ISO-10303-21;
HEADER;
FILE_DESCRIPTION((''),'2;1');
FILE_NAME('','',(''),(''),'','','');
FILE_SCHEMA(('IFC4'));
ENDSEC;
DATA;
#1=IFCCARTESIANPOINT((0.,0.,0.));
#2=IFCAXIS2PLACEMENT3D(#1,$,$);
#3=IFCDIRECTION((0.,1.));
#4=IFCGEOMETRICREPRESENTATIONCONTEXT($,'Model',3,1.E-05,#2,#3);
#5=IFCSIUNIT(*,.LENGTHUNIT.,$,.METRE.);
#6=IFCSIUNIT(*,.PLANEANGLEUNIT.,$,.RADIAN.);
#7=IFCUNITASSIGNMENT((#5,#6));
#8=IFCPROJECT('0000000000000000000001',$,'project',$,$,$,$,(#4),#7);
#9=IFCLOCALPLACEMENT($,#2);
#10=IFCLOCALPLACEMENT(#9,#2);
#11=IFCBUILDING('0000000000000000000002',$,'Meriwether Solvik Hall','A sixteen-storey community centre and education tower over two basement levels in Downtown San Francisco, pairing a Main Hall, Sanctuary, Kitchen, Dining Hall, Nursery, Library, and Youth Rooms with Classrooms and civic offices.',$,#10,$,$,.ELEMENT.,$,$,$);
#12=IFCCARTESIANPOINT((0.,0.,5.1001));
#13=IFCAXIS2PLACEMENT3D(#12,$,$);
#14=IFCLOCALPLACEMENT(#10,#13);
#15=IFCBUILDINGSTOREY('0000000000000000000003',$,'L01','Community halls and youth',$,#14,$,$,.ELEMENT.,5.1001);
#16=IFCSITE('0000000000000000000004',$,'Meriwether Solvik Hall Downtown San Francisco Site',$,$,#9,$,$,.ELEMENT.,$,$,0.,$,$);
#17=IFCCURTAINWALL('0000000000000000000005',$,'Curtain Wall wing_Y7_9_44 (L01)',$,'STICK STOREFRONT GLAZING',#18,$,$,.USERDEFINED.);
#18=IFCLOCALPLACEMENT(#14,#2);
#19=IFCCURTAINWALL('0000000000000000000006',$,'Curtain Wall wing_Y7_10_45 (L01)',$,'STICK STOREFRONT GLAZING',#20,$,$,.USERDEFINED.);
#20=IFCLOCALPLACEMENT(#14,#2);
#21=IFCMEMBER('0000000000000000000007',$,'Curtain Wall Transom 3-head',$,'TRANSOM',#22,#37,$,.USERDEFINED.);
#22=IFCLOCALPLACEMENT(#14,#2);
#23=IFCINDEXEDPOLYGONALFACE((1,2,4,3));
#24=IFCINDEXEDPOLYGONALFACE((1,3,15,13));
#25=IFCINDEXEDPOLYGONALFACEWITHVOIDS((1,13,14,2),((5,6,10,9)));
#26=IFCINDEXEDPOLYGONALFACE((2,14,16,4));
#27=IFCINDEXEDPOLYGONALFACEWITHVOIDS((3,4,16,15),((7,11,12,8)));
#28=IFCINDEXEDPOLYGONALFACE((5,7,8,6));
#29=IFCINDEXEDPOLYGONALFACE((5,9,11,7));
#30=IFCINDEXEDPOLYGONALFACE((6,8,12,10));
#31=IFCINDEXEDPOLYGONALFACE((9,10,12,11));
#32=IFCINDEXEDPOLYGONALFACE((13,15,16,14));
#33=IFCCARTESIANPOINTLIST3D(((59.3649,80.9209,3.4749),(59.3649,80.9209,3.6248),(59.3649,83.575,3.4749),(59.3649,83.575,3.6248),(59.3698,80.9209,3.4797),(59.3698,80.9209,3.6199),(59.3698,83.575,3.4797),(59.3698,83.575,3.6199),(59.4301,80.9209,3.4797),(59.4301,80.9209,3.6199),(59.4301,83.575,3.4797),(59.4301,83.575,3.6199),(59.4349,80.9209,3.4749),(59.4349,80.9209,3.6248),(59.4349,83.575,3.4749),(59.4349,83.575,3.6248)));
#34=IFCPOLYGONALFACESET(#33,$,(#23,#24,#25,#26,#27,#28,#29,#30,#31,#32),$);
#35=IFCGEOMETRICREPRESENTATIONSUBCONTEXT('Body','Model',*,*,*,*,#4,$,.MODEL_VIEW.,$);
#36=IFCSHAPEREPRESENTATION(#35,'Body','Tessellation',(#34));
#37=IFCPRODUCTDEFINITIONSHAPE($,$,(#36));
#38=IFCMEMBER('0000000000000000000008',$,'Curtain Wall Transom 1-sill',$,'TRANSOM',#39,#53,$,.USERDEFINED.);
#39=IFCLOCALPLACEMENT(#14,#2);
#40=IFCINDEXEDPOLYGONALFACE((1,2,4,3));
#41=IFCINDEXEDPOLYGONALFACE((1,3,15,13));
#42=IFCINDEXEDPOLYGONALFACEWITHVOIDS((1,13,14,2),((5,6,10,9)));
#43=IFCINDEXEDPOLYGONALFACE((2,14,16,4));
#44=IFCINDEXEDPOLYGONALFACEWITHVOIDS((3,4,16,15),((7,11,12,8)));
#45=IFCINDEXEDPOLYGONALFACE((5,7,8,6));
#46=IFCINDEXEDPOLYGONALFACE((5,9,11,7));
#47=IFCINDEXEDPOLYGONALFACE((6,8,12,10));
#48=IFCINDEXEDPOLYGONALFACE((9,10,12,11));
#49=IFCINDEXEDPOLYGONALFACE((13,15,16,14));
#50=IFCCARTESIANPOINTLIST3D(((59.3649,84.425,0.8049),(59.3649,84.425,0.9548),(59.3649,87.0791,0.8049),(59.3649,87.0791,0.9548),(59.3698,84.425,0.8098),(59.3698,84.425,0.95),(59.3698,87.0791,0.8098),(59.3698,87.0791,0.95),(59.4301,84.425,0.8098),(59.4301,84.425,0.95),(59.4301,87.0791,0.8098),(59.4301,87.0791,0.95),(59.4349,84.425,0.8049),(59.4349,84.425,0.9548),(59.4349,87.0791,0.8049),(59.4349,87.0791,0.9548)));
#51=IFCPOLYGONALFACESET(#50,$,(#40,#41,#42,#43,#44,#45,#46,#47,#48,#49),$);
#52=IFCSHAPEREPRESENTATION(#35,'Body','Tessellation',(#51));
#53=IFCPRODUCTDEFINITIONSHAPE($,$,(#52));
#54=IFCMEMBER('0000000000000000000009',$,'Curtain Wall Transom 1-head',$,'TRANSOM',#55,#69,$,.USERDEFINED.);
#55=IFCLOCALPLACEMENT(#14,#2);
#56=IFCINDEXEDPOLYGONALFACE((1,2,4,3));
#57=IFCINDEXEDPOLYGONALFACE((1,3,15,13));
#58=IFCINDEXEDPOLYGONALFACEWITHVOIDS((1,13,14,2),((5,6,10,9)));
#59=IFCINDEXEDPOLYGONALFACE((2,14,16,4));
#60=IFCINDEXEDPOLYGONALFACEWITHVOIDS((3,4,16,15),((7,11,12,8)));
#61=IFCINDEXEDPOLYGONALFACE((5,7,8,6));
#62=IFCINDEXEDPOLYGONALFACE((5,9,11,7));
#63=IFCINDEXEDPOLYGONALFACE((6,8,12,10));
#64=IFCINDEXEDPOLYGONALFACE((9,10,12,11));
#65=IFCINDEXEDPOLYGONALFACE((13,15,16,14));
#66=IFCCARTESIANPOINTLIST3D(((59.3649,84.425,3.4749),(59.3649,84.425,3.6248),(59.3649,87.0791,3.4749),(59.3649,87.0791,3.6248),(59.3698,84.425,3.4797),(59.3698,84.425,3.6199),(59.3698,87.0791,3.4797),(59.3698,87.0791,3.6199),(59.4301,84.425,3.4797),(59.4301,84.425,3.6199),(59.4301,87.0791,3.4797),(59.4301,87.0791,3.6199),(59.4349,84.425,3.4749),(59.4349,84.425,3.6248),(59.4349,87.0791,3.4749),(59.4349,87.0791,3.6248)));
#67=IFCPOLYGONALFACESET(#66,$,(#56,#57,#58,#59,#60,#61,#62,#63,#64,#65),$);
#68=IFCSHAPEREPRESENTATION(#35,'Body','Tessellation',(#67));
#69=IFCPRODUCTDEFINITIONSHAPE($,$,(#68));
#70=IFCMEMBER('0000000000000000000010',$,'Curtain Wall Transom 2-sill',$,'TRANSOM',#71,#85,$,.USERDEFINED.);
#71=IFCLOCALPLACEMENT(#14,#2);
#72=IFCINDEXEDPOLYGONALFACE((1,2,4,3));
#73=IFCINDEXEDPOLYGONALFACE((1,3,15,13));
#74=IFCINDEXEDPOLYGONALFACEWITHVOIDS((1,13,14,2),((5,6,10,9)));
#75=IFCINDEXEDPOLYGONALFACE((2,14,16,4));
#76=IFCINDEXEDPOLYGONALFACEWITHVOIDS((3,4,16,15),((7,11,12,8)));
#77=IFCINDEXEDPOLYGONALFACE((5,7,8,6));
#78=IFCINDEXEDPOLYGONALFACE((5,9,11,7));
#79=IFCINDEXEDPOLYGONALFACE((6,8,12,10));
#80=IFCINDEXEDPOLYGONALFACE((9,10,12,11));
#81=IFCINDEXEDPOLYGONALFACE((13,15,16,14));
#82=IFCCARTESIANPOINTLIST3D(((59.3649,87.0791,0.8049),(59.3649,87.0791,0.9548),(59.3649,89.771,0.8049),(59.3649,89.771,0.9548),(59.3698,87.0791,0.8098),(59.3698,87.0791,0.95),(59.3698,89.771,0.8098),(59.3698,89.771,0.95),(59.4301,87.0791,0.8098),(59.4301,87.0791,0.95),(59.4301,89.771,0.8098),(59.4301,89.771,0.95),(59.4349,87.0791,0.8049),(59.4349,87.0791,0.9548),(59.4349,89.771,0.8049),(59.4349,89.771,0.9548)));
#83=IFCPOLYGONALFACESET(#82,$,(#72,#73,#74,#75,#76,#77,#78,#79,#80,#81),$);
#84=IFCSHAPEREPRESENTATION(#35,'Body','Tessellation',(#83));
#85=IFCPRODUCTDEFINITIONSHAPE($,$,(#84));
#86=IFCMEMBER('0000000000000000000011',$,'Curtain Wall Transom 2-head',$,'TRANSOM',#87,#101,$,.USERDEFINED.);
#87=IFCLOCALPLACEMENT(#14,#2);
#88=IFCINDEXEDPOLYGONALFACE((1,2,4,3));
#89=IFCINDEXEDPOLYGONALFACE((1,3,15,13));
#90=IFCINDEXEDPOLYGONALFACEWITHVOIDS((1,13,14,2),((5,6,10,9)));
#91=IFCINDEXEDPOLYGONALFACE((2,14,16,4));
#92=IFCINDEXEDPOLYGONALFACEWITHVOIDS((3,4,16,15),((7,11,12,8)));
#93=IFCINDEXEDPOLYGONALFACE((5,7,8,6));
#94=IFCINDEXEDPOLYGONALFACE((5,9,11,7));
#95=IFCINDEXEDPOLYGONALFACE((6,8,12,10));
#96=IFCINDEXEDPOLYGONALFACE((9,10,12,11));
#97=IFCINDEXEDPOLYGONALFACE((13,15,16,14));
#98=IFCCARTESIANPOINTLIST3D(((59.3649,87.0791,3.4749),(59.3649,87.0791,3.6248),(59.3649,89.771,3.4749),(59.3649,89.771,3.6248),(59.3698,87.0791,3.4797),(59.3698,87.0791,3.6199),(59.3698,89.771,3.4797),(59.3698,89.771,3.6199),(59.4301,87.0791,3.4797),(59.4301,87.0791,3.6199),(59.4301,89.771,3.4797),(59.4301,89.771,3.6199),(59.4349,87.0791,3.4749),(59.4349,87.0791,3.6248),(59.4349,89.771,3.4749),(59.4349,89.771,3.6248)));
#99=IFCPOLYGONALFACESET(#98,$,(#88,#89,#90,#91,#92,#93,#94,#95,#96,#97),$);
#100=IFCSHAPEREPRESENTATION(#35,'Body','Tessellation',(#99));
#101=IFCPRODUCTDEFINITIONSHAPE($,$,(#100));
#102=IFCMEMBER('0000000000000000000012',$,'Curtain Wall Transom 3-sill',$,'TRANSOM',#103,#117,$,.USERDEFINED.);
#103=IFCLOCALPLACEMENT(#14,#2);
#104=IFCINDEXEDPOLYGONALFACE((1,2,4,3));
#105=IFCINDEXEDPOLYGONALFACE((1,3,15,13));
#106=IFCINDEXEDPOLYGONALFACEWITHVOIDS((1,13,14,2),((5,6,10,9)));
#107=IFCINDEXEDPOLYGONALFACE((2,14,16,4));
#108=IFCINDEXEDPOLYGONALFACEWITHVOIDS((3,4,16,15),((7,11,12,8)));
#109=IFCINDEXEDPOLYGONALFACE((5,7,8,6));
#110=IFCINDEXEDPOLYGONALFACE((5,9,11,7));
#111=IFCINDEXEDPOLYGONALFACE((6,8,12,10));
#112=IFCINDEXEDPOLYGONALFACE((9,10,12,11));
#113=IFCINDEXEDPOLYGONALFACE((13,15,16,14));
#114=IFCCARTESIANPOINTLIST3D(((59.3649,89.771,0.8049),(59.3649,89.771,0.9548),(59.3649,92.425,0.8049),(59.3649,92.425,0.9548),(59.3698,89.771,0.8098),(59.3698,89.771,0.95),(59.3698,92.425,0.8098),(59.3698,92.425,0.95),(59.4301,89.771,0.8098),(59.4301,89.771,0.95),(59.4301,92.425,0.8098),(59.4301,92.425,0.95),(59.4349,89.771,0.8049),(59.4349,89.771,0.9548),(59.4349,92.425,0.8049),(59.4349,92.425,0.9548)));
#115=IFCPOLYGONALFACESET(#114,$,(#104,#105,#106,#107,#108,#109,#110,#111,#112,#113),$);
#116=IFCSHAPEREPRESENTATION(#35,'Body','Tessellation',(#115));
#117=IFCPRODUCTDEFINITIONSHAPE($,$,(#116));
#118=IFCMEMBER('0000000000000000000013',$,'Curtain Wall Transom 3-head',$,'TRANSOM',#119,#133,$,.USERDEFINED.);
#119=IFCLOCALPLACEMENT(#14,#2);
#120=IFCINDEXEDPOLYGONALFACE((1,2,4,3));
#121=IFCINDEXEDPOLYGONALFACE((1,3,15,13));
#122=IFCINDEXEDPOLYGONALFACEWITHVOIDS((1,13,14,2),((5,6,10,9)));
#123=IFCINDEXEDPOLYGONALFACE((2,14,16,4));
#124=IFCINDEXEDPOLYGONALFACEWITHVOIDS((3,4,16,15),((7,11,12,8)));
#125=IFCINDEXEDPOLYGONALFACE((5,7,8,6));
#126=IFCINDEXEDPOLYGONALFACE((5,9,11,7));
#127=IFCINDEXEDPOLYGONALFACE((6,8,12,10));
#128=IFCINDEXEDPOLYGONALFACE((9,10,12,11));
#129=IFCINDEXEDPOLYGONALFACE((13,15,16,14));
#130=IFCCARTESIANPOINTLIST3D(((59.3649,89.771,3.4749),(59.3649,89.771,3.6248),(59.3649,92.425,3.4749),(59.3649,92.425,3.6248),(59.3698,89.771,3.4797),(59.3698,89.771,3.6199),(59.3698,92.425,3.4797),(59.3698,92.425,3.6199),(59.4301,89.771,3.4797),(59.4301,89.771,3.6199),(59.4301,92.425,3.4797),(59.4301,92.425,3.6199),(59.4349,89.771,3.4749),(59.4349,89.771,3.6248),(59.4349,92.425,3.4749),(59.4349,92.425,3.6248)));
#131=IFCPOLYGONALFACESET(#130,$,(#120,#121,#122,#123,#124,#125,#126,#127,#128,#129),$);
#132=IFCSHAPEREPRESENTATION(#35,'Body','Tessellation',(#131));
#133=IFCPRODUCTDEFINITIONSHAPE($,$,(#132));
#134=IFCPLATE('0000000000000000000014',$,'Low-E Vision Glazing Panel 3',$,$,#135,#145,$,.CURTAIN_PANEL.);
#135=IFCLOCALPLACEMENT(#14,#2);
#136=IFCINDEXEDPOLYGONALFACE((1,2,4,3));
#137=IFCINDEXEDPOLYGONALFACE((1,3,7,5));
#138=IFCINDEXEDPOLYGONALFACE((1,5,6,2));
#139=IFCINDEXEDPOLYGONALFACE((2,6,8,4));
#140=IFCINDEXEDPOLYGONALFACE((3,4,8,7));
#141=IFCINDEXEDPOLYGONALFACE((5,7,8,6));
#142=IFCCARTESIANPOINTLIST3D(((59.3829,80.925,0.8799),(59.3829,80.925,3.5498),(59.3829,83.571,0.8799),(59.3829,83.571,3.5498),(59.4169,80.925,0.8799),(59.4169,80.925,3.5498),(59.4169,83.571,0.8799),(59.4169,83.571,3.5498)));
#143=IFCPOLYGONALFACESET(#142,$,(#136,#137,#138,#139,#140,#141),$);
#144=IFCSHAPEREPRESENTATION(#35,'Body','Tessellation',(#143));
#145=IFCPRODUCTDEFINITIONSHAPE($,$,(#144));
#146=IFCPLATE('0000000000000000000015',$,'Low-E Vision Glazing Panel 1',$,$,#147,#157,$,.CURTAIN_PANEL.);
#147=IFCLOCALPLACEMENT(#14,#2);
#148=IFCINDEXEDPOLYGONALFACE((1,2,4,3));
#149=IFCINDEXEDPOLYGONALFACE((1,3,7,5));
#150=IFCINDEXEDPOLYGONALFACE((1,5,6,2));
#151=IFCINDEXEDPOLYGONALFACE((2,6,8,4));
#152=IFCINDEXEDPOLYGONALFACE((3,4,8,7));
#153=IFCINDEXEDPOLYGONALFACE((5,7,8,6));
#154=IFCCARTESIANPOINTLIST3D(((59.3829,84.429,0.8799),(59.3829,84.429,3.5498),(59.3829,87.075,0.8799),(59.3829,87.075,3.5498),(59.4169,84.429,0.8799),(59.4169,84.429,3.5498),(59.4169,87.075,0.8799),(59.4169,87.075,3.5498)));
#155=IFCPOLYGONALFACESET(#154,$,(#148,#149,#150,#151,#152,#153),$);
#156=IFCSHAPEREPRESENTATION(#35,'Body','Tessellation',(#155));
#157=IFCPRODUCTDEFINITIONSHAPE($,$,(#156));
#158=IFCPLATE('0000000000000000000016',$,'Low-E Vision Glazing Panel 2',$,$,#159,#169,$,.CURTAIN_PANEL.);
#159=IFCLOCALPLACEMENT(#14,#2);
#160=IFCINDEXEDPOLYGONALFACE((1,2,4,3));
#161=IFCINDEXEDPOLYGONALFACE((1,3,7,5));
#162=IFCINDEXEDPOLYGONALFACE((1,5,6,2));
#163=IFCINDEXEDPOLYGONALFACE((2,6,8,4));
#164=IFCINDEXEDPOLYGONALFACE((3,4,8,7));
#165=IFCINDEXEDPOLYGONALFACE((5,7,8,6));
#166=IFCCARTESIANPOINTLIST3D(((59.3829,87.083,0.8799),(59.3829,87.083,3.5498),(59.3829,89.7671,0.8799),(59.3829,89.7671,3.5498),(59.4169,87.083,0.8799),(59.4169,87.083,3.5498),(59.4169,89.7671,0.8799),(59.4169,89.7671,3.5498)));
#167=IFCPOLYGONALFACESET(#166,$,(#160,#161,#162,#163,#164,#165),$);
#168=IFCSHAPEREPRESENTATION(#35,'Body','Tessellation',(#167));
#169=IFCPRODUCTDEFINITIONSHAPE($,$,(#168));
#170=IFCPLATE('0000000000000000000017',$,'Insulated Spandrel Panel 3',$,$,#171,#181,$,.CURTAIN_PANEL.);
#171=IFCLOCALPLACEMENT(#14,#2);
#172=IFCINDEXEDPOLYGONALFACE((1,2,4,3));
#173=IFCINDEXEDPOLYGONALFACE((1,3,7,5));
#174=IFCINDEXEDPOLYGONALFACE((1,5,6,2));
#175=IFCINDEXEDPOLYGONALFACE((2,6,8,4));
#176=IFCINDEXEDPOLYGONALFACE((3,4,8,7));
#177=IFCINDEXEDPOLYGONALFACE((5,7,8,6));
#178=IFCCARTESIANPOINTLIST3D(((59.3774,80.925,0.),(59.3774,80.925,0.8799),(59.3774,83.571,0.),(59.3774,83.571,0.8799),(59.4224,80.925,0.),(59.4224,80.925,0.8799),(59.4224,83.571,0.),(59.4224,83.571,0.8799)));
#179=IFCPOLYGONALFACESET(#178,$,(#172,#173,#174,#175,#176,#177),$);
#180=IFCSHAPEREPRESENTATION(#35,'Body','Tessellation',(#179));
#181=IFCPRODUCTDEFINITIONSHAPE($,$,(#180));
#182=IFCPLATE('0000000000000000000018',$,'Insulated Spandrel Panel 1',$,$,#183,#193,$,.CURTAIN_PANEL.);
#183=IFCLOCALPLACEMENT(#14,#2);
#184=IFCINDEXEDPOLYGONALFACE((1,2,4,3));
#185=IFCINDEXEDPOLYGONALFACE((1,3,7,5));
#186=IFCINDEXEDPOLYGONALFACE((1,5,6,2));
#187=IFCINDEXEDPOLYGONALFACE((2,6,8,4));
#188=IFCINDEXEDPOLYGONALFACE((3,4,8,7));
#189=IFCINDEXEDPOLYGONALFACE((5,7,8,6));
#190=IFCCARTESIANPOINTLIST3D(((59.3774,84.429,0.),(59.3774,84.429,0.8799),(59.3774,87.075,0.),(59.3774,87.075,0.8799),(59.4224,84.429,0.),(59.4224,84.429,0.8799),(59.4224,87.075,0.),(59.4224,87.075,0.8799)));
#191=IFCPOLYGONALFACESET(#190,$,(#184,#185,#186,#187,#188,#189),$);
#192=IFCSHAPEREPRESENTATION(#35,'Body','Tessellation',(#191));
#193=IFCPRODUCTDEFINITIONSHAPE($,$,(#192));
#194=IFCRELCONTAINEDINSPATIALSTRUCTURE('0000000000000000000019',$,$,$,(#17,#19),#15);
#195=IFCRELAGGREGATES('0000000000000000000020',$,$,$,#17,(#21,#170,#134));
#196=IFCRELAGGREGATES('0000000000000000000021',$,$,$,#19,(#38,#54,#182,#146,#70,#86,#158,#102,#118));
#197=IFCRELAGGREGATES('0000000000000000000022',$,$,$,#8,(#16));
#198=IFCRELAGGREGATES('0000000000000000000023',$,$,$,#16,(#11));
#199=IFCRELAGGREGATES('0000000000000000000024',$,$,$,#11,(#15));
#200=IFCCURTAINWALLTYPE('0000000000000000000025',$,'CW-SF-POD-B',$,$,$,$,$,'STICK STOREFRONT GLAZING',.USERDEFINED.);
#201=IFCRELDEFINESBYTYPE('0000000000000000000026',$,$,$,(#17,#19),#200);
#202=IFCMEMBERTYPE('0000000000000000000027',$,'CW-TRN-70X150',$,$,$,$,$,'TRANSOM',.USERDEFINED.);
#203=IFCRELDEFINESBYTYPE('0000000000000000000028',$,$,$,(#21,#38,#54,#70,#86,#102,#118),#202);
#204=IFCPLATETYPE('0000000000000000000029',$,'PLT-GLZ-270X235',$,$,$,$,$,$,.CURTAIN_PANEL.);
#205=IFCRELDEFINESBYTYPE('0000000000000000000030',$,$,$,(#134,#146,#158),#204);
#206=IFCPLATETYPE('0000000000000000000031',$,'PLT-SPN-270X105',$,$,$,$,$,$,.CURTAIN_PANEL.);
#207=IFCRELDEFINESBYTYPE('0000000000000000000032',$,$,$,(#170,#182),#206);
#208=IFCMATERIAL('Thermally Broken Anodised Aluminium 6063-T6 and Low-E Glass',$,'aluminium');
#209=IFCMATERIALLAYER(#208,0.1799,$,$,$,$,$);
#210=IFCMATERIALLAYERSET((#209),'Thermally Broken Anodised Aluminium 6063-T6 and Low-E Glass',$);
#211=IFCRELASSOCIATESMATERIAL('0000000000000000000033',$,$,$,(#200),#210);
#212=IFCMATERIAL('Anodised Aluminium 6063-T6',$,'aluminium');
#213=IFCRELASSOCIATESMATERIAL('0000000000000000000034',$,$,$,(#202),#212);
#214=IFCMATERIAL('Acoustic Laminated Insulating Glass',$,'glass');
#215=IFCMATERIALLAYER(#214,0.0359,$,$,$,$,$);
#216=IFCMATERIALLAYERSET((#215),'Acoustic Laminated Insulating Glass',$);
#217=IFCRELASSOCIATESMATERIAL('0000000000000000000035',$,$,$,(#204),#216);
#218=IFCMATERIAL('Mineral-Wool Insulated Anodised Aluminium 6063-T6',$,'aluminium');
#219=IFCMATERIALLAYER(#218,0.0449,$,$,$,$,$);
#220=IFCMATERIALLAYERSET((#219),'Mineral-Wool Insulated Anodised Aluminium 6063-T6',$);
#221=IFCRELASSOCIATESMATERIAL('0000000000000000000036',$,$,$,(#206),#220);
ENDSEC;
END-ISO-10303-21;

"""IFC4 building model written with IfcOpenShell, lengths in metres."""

from ifc_helpers import new_model, si_unit, direction, frame, origin, origin_2d, place, context, subcontext, project, spatial, rectangle, hollow_rectangle, extrude, material, layer, layer_set, material_profile, profile_set, type_object, element, aggregate, save


model = new_model("IFC4")

# Units and contexts
model_context = context("Model", 3, precision=1e-05, world=origin(), true_north=direction((0.0, 1.0)))
body_context = subcontext(model_context, "Body", "Model", "MODEL_VIEW")
ifc_project = project(units=[si_unit("LENGTHUNIT", "METRE"), si_unit("PLANEANGLEUNIT", "RADIAN")], contexts=[model_context])

# Site, building, storey
site_placement = place(None, origin())
site = spatial("IfcSite", under=ifc_project, at=site_placement, Name="Meriwether Solvik Hall Downtown San Francisco Site", CompositionType="ELEMENT", RefElevation=0.0)
building_placement = place(site_placement, origin())
building = spatial("IfcBuilding", under=site, at=building_placement, Name="Meriwether Solvik Hall", Description="A sixteen-storey community centre and education tower over two basement levels in Downtown San Francisco, pairing a Main Hall, Sanctuary, Kitchen, Dining Hall, Nursery, Library, and Youth Rooms with Classrooms and civic offices.", CompositionType="ELEMENT")
storey_placement = place(building_placement, frame((0.0, 0.0, 5.1001)))
storey = spatial("IfcBuildingStorey", under=building, at=storey_placement, Name="L01", Description="Community halls and youth", CompositionType="ELEMENT", Elevation=5.1001)

# Curtain walls
ifc_material_1 = material(Name="Thermally Broken Anodised Aluminium 6063-T6 and Low-E Glass", Category="aluminium")
ifc_layer_1 = layer(ifc_material_1, 0.1799)
ifc_layer_set_1 = layer_set([ifc_layer_1], Name="Thermally Broken Anodised Aluminium 6063-T6 and Low-E Glass")
curtain_wall_type = type_object("IfcCurtainWallType", Name="CW-SF-POD-B", ElementType="STICK STOREFRONT GLAZING", PredefinedType="USERDEFINED", material=ifc_layer_set_1)
curtain_wall_1_placement = place(storey_placement, origin())
curtain_wall_1 = element("IfcCurtainWall", 1, at=curtain_wall_1_placement, inside=storey, type_object=curtain_wall_type, Name="Curtain Wall wing_Y7_9_44 (L01)", ObjectType="STICK STOREFRONT GLAZING", PredefinedType="USERDEFINED")
curtain_wall_2_placement = place(storey_placement, origin())
curtain_wall_2 = element("IfcCurtainWall", 2, at=curtain_wall_2_placement, inside=storey, type_object=curtain_wall_type, Name="Curtain Wall wing_Y7_10_45 (L01)", ObjectType="STICK STOREFRONT GLAZING", PredefinedType="USERDEFINED")

# Members
ifc_material_2 = material(Name="Anodised Aluminium 6063-T6", Category="aluminium")
ifc_material_profile_1 = material_profile(ifc_material_2, hollow_rectangle(XDim=0.0701, YDim=0.1499, WallThickness=0.0049, at=origin_2d()), Name="CWT-70X150")
ifc_profile_set_1 = profile_set([ifc_material_profile_1], Name="Anodised Aluminium 6063-T6")
member_type_1 = type_object("IfcMemberType", Name="CW-TRN-70X150", ElementType="TRANSOM", PredefinedType="USERDEFINED", material=ifc_profile_set_1)
member_1_placement = place(storey_placement, frame((59.3999, 80.9209, 3.5498), z_axis=(0.0, 1.0, 0.0), x_axis=(-1.0, 0.0, 0.0)))
member_1 = element("IfcMember", 3, at=member_1_placement, type_object=member_type_1, Name="Curtain Wall Transom 3-head", ObjectType="TRANSOM", PredefinedType="USERDEFINED", context=body_context, shape_type="SweptSolid", body=[
    extrude(hollow_rectangle(XDim=0.0701, YDim=0.1499, WallThickness=0.0049, at=origin_2d()), origin(), (0.0, 0.0, 1.0), 2.6541),
])
member_2_placement = place(storey_placement, frame((59.3999, 84.425, 0.8799), z_axis=(0.0, 1.0, 0.0), x_axis=(-1.0, 0.0, 0.0)))
member_2 = element("IfcMember", 4, at=member_2_placement, type_object=member_type_1, Name="Curtain Wall Transom 1-sill", ObjectType="TRANSOM", PredefinedType="USERDEFINED", context=body_context, shape_type="SweptSolid", body=[
    extrude(hollow_rectangle(XDim=0.0701, YDim=0.1499, WallThickness=0.0049, at=origin_2d()), origin(), (0.0, 0.0, 1.0), 2.6541),
])
member_3_placement = place(storey_placement, frame((59.3999, 84.425, 3.5498), z_axis=(0.0, 1.0, 0.0), x_axis=(-1.0, 0.0, 0.0)))
member_3 = element("IfcMember", 5, at=member_3_placement, type_object=member_type_1, Name="Curtain Wall Transom 1-head", ObjectType="TRANSOM", PredefinedType="USERDEFINED", context=body_context, shape_type="SweptSolid", body=[
    extrude(hollow_rectangle(XDim=0.0701, YDim=0.1499, WallThickness=0.0049, at=origin_2d()), origin(), (0.0, 0.0, 1.0), 2.6541),
])
member_4_placement = place(storey_placement, frame((59.3999, 87.0791, 0.8799), z_axis=(0.0, 1.0, 0.0), x_axis=(-1.0, 0.0, 0.0)))
member_4 = element("IfcMember", 6, at=member_4_placement, type_object=member_type_1, Name="Curtain Wall Transom 2-sill", ObjectType="TRANSOM", PredefinedType="USERDEFINED", context=body_context, shape_type="SweptSolid", body=[
    extrude(hollow_rectangle(XDim=0.0701, YDim=0.1499, WallThickness=0.0049, at=origin_2d()), origin(), (0.0, 0.0, 1.0), 2.6919),
])
member_5_placement = place(storey_placement, frame((59.3999, 87.0791, 3.5498), z_axis=(0.0, 1.0, 0.0), x_axis=(-1.0, 0.0, 0.0)))
member_5 = element("IfcMember", 7, at=member_5_placement, type_object=member_type_1, Name="Curtain Wall Transom 2-head", ObjectType="TRANSOM", PredefinedType="USERDEFINED", context=body_context, shape_type="SweptSolid", body=[
    extrude(hollow_rectangle(XDim=0.0701, YDim=0.1499, WallThickness=0.0049, at=origin_2d()), origin(), (0.0, 0.0, 1.0), 2.6919),
])
member_6_placement = place(storey_placement, frame((59.3999, 89.771, 0.8799), z_axis=(0.0, 1.0, 0.0), x_axis=(-1.0, 0.0, 0.0)))
member_6 = element("IfcMember", 8, at=member_6_placement, type_object=member_type_1, Name="Curtain Wall Transom 3-sill", ObjectType="TRANSOM", PredefinedType="USERDEFINED", context=body_context, shape_type="SweptSolid", body=[
    extrude(hollow_rectangle(XDim=0.0701, YDim=0.1499, WallThickness=0.0049, at=origin_2d()), origin(), (0.0, 0.0, 1.0), 2.6541),
])
member_7_placement = place(storey_placement, frame((59.3999, 89.771, 3.5498), z_axis=(0.0, 1.0, 0.0), x_axis=(-1.0, 0.0, 0.0)))
member_7 = element("IfcMember", 9, at=member_7_placement, type_object=member_type_1, Name="Curtain Wall Transom 3-head", ObjectType="TRANSOM", PredefinedType="USERDEFINED", context=body_context, shape_type="SweptSolid", body=[
    extrude(hollow_rectangle(XDim=0.0701, YDim=0.1499, WallThickness=0.0049, at=origin_2d()), origin(), (0.0, 0.0, 1.0), 2.6541),
])

# Plates
ifc_material_3 = material(Name="Acoustic Laminated Insulating Glass", Category="glass")
ifc_layer_2 = layer(ifc_material_3, 0.0359)
ifc_layer_set_2 = layer_set([ifc_layer_2], Name="Acoustic Laminated Insulating Glass")
plate_type_1 = type_object("IfcPlateType", Name="PLT-GLZ-270X235", PredefinedType="CURTAIN_PANEL", material=ifc_layer_set_2)
plate_1_placement = place(storey_placement, frame((59.3999, 82.248, 0.8799), z_axis=(0.0, 0.0, 1.0), x_axis=(0.0, 1.0, 0.0)))
plate_1 = element("IfcPlate", 10, at=plate_1_placement, type_object=plate_type_1, Name="Low-E Vision Glazing Panel 3", PredefinedType="CURTAIN_PANEL", context=body_context, shape_type="SweptSolid", body=[
    extrude(rectangle(XDim=2.646, YDim=0.0339, at=origin_2d()), origin(), (0.0, 0.0, 1.0), 2.6699),
])
plate_2_placement = place(storey_placement, frame((59.3999, 85.752, 0.8799), z_axis=(0.0, 0.0, 1.0), x_axis=(0.0, 1.0, 0.0)))
plate_2 = element("IfcPlate", 11, at=plate_2_placement, type_object=plate_type_1, Name="Low-E Vision Glazing Panel 1", PredefinedType="CURTAIN_PANEL", context=body_context, shape_type="SweptSolid", body=[
    extrude(rectangle(XDim=2.646, YDim=0.0339, at=origin_2d()), origin(), (0.0, 0.0, 1.0), 2.6699),
])
plate_3_placement = place(storey_placement, frame((59.3999, 88.425, 0.8799), z_axis=(0.0, 0.0, 1.0), x_axis=(0.0, 1.0, 0.0)))
plate_3 = element("IfcPlate", 12, at=plate_3_placement, type_object=plate_type_1, Name="Low-E Vision Glazing Panel 2", PredefinedType="CURTAIN_PANEL", context=body_context, shape_type="SweptSolid", body=[
    extrude(rectangle(XDim=2.6841, YDim=0.0339, at=origin_2d()), origin(), (0.0, 0.0, 1.0), 2.6699),
])
ifc_material_4 = material(Name="Mineral-Wool Insulated Anodised Aluminium 6063-T6", Category="aluminium")
ifc_layer_3 = layer(ifc_material_4, 0.0449)
ifc_layer_set_3 = layer_set([ifc_layer_3], Name="Mineral-Wool Insulated Anodised Aluminium 6063-T6")
plate_type_2 = type_object("IfcPlateType", Name="PLT-SPN-270X105", PredefinedType="CURTAIN_PANEL", material=ifc_layer_set_3)
plate_4_placement = place(storey_placement, frame((59.3999, 82.248, 0.0), z_axis=(0.0, 0.0, 1.0), x_axis=(0.0, 1.0, 0.0)))
plate_4 = element("IfcPlate", 13, at=plate_4_placement, type_object=plate_type_2, Name="Insulated Spandrel Panel 3", PredefinedType="CURTAIN_PANEL", context=body_context, shape_type="SweptSolid", body=[
    extrude(rectangle(XDim=2.646, YDim=0.0449, at=origin_2d()), origin(), (0.0, 0.0, 1.0), 0.8799),
])
aggregate(curtain_wall_1, [member_1, plate_4, plate_1])
plate_5_placement = place(storey_placement, frame((59.3999, 85.752, 0.0), z_axis=(0.0, 0.0, 1.0), x_axis=(0.0, 1.0, 0.0)))
plate_5 = element("IfcPlate", 14, at=plate_5_placement, type_object=plate_type_2, Name="Insulated Spandrel Panel 1", PredefinedType="CURTAIN_PANEL", context=body_context, shape_type="SweptSolid", body=[
    extrude(rectangle(XDim=2.646, YDim=0.0449, at=origin_2d()), origin(), (0.0, 0.0, 1.0), 0.8799),
])
aggregate(curtain_wall_2, [member_2, member_3, plate_5, plate_2, member_4, member_5, plate_3, member_6, member_7])

save(model, "model.ifc")
